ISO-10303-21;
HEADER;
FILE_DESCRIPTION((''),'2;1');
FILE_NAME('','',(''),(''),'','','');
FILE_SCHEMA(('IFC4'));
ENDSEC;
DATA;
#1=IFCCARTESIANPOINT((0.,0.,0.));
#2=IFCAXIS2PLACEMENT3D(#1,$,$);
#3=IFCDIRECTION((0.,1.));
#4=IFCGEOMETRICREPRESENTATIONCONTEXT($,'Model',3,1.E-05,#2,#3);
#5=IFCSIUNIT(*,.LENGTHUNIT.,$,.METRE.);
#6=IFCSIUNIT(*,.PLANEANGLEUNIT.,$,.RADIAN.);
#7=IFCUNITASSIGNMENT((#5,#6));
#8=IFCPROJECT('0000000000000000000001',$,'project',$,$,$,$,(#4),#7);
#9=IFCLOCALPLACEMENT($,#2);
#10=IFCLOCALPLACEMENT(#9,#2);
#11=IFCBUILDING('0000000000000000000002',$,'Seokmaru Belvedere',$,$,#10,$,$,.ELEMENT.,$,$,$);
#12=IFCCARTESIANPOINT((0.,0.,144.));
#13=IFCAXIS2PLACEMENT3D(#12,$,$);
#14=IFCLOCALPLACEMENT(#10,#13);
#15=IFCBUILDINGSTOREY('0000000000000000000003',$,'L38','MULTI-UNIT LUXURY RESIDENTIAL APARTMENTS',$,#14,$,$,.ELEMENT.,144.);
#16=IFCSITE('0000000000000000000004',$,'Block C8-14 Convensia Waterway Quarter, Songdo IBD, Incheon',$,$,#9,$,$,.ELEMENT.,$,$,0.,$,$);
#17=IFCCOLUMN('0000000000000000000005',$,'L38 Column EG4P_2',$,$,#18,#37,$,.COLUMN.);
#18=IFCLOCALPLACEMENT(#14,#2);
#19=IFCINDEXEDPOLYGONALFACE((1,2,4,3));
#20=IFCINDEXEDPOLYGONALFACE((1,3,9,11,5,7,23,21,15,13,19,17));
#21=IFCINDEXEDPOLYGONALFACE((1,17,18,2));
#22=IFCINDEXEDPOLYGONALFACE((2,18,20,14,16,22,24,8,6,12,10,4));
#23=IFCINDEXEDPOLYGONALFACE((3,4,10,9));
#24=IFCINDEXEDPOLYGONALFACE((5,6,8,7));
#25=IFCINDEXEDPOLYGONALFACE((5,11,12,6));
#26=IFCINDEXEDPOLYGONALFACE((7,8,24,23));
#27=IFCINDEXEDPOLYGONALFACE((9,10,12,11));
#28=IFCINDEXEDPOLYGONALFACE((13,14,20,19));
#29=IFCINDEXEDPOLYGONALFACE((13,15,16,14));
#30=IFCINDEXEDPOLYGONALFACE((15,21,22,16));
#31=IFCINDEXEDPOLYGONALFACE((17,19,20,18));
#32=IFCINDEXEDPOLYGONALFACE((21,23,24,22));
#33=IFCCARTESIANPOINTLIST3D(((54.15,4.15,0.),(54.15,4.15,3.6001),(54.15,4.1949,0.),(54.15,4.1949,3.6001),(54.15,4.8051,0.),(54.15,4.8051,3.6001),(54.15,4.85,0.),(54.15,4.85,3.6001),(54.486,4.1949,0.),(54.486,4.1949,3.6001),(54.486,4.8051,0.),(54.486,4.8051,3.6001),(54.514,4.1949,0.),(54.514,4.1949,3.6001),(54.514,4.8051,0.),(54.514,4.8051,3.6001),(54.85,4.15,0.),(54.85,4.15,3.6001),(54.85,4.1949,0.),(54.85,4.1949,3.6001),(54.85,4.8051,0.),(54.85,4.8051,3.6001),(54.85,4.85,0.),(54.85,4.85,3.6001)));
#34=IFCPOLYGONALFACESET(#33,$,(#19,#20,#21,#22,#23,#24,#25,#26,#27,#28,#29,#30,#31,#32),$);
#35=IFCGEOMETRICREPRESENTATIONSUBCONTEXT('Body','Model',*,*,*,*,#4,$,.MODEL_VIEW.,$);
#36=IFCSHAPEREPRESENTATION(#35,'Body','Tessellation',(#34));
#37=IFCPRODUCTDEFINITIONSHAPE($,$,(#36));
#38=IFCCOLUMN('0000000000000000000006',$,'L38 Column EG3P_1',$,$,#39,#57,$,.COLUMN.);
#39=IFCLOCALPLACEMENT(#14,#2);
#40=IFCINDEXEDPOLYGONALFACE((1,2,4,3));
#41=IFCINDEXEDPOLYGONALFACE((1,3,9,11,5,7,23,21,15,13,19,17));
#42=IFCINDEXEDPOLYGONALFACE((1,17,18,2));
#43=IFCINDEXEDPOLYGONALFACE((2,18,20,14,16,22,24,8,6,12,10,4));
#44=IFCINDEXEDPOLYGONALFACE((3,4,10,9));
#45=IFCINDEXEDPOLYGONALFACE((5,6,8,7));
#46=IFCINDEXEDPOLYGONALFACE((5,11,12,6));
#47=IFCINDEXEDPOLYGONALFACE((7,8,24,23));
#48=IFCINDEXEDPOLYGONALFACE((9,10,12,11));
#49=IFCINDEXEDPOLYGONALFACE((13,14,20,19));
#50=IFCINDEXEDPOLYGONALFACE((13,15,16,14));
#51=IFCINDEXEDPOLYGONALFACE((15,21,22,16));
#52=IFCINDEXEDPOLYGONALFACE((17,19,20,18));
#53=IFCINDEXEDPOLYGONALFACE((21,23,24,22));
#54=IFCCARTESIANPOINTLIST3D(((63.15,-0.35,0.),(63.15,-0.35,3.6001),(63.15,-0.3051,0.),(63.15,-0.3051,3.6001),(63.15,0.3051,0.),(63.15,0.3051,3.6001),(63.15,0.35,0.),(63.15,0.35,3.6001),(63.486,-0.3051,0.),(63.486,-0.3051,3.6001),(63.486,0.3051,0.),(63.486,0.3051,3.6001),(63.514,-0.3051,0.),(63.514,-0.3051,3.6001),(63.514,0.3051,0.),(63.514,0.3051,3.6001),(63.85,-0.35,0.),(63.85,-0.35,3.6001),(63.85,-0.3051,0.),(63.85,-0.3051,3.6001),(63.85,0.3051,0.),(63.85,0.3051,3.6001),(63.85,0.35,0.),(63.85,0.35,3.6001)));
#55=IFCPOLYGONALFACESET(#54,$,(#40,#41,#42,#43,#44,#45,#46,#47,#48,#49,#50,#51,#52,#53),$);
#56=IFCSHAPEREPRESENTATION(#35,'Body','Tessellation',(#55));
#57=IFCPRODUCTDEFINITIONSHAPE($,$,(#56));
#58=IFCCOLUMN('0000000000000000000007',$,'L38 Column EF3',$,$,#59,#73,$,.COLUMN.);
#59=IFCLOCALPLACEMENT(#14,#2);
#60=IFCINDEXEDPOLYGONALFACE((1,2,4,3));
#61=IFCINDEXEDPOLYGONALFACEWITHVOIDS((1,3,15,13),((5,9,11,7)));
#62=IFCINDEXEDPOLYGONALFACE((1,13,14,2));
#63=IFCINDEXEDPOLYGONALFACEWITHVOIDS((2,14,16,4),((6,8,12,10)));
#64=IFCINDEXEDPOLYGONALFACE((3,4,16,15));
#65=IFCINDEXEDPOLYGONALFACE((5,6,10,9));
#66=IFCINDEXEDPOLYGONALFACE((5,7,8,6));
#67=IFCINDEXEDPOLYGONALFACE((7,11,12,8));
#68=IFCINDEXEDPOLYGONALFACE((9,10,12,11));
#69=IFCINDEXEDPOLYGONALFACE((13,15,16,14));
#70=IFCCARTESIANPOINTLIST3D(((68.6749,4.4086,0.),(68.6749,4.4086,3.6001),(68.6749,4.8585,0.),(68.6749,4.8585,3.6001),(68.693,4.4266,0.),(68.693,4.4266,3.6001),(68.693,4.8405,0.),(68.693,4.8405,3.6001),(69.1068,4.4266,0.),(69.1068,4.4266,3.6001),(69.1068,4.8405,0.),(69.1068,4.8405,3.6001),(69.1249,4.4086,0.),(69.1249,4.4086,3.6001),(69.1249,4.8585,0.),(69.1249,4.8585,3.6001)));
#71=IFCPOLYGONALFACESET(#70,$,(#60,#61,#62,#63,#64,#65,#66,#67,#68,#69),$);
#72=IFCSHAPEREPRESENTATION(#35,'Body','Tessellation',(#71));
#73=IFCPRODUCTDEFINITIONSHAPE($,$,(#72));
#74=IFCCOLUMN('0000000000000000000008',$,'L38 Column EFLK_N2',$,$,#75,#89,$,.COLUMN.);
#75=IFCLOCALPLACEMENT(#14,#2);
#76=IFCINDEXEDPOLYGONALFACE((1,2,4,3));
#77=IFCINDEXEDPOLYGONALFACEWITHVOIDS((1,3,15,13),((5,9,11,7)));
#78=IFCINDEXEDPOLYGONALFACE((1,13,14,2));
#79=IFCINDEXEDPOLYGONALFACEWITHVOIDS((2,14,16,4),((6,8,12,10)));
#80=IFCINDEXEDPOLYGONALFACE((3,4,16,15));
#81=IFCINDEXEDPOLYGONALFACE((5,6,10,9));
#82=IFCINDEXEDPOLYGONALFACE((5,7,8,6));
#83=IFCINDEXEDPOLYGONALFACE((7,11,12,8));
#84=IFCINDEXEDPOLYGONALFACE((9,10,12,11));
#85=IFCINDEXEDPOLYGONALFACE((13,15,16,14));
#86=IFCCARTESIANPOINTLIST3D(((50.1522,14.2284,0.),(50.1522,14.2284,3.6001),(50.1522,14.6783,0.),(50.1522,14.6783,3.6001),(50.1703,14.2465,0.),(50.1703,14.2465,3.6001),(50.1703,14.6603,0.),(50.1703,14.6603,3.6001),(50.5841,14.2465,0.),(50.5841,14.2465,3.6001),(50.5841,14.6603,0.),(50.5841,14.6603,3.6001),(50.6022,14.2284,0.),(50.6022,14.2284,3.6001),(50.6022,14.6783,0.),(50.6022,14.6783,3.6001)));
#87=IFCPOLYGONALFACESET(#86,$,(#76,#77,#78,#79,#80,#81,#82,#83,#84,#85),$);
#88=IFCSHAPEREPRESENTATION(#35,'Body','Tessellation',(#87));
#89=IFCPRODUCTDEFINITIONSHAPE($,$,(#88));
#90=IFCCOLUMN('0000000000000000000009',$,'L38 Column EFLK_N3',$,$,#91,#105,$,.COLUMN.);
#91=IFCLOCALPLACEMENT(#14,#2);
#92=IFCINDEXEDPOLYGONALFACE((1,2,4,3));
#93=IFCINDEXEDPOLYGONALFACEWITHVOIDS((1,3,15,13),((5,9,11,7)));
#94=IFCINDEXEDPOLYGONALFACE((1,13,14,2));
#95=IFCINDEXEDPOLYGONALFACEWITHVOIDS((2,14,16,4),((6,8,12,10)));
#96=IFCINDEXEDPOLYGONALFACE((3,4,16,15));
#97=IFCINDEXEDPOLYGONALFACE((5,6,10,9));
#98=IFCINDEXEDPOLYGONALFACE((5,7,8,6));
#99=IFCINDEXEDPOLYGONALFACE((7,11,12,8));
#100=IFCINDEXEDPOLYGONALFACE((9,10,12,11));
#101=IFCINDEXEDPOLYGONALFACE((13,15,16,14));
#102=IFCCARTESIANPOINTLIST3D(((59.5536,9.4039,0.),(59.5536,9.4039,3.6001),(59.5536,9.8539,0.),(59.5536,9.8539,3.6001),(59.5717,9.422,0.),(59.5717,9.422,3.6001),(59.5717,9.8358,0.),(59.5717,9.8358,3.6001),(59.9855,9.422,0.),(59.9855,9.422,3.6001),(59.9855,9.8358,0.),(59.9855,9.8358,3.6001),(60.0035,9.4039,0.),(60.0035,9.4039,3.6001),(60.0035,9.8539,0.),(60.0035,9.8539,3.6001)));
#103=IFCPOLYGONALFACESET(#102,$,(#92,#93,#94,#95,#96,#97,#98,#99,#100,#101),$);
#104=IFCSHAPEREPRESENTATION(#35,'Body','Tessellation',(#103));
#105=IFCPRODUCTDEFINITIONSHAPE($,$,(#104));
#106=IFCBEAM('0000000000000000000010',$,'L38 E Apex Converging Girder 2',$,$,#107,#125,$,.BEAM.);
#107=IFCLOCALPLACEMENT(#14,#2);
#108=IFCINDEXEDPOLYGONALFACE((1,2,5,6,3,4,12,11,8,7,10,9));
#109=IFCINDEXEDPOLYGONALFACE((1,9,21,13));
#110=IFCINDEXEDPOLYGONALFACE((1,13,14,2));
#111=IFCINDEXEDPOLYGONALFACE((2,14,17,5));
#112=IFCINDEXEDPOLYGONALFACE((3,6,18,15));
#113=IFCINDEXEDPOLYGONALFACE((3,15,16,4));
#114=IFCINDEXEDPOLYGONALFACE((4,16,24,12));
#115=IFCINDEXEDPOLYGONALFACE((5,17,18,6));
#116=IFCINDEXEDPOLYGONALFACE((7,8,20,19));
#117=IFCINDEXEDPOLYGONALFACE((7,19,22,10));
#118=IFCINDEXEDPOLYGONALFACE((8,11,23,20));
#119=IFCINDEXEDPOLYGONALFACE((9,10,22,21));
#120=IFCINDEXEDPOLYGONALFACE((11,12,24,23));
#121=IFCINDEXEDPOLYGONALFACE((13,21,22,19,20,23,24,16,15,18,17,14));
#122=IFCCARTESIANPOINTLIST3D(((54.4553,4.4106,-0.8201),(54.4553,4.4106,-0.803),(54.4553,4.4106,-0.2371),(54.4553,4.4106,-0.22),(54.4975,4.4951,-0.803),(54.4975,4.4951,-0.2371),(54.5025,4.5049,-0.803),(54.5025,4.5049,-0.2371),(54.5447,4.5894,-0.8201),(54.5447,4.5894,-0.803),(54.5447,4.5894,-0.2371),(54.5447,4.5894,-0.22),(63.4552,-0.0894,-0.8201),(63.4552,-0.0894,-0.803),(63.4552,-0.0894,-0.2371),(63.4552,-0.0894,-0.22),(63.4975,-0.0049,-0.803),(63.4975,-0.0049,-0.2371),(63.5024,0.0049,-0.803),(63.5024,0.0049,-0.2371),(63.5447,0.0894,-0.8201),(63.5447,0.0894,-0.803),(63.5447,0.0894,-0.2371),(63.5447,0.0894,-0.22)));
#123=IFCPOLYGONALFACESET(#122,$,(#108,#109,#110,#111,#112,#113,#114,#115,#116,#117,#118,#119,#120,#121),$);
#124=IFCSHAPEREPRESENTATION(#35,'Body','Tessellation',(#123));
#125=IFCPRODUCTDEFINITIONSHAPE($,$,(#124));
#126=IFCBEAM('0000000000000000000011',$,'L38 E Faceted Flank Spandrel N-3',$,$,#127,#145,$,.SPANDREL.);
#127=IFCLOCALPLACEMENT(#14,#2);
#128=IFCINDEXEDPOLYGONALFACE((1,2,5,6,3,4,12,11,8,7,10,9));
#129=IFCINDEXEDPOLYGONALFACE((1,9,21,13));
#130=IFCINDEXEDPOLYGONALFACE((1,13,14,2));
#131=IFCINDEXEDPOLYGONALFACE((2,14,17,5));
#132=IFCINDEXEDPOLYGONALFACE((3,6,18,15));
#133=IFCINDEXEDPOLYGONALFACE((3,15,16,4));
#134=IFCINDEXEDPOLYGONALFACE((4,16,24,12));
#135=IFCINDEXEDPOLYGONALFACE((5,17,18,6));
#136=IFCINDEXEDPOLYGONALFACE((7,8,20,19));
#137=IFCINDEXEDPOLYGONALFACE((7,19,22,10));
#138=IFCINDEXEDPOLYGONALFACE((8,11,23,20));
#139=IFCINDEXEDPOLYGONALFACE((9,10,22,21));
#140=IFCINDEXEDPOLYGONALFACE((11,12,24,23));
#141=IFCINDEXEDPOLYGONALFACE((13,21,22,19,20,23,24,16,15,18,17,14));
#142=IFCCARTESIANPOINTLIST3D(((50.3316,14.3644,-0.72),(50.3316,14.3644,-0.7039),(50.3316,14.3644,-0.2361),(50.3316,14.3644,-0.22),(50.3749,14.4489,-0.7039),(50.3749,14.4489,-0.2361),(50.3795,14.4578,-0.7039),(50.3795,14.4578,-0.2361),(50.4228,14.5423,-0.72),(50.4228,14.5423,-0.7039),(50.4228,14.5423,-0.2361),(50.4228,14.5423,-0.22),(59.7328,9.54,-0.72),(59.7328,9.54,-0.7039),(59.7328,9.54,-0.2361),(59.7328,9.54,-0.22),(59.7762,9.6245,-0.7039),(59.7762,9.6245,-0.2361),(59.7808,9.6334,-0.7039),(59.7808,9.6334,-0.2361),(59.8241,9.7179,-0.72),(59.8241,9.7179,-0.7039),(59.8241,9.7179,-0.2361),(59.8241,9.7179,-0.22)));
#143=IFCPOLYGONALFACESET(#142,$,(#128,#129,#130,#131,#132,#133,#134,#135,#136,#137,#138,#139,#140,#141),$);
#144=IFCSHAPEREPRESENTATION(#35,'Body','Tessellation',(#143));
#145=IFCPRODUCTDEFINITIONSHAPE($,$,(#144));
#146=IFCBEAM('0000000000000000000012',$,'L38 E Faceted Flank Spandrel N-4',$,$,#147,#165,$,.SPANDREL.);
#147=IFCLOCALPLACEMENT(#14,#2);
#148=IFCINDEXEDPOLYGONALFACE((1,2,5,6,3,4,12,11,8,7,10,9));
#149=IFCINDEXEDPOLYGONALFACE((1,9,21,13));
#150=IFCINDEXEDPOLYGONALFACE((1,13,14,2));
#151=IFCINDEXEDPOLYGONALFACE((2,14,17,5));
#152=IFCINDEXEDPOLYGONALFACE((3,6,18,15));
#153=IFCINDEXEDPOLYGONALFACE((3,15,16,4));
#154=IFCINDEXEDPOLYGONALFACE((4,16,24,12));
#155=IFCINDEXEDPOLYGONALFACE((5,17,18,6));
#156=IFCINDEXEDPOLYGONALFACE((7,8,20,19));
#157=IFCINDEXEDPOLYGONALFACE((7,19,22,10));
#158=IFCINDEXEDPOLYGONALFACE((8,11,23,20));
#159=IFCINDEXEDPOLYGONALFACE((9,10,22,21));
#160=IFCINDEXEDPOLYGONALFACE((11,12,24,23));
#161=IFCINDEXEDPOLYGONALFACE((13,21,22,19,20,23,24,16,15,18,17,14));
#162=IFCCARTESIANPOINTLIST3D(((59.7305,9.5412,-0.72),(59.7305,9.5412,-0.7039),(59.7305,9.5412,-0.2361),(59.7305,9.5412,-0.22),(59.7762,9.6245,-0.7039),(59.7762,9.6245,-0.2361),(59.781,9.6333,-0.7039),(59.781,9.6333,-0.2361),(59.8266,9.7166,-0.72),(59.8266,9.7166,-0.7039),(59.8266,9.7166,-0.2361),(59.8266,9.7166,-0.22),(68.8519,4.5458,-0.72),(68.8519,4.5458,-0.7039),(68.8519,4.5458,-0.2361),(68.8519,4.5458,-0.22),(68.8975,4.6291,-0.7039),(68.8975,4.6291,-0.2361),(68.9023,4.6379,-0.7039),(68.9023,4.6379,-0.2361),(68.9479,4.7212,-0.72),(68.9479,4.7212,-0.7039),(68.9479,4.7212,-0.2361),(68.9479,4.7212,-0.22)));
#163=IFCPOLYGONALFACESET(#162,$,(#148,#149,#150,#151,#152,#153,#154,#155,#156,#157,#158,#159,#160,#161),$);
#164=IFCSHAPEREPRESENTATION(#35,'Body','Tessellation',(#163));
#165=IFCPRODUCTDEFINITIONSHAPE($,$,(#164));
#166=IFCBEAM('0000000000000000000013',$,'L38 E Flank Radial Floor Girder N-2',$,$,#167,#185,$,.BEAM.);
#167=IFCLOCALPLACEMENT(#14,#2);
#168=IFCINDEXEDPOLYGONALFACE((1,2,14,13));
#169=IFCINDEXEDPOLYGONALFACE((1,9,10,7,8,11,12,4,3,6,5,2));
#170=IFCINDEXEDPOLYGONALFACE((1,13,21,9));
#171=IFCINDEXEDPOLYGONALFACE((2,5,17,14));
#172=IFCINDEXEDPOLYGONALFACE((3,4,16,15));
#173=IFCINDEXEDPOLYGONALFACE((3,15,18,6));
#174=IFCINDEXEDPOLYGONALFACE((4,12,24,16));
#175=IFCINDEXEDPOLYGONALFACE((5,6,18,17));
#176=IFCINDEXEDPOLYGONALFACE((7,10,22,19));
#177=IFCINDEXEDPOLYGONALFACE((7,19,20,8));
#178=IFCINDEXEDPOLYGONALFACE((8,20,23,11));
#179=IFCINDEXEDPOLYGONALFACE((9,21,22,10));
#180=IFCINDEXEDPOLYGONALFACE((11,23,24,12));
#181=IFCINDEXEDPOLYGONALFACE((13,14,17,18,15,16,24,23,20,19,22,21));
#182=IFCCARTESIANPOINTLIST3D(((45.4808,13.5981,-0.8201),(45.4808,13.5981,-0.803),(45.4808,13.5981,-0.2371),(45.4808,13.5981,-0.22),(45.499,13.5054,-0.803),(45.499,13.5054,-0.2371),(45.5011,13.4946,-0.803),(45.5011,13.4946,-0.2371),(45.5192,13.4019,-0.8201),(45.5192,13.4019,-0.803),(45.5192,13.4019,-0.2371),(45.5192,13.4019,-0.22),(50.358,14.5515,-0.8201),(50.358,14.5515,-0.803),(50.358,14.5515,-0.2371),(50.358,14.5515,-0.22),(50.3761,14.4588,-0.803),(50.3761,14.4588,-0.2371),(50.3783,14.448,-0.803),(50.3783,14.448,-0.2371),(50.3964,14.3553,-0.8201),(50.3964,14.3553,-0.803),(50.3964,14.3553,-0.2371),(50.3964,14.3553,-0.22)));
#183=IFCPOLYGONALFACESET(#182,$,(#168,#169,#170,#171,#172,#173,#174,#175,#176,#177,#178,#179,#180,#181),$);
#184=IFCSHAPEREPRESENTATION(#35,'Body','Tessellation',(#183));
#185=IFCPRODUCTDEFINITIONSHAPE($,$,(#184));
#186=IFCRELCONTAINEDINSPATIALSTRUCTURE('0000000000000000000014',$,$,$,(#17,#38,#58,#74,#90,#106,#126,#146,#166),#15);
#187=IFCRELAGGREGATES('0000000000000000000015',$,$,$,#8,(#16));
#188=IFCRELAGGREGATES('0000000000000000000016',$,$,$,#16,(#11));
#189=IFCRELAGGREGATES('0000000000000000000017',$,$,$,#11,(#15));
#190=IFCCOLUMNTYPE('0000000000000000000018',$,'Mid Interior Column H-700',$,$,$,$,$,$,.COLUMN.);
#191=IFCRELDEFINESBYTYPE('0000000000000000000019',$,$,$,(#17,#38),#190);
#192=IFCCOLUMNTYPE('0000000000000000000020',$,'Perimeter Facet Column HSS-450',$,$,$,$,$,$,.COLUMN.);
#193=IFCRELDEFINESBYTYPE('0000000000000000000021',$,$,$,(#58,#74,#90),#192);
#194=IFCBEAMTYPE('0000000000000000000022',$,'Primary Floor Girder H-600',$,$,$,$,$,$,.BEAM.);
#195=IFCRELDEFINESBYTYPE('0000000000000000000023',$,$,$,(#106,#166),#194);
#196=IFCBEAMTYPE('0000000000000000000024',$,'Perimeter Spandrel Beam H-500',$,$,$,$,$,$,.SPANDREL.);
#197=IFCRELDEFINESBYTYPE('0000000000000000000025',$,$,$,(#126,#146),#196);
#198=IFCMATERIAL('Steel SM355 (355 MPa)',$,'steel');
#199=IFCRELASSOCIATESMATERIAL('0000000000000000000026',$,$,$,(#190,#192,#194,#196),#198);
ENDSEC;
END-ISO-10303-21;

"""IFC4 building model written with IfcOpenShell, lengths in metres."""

from ifc_helpers import new_model, si_unit, direction, frame, origin, origin_2d, place, context, subcontext, project, spatial, hollow_rectangle, i_section, extrude, source, transform, mapped, material, material_profile, profile_set, type_object, type_shapes, element, save


model = new_model("IFC4")

# Units and contexts
model_context = context("Model", 3, precision=1e-05, world=origin(), true_north=direction((0.0, 1.0)))
body_context = subcontext(model_context, "Body", "Model", "MODEL_VIEW")
ifc_project = project(units=[si_unit("LENGTHUNIT", "METRE"), si_unit("PLANEANGLEUNIT", "RADIAN")], contexts=[model_context])

# Site, building, storey
site_placement = place(None, origin())
site = spatial("IfcSite", under=ifc_project, at=site_placement, Name="Block C8-14 Convensia Waterway Quarter, Songdo IBD, Incheon", CompositionType="ELEMENT", RefElevation=0.0)
building_placement = place(site_placement, origin())
building = spatial("IfcBuilding", under=site, at=building_placement, Name="Seokmaru Belvedere", CompositionType="ELEMENT")
storey_placement = place(building_placement, frame((0.0, 0.0, 144.0)))
storey = spatial("IfcBuildingStorey", under=building, at=storey_placement, Name="L38", Description="MULTI-UNIT LUXURY RESIDENTIAL APARTMENTS", CompositionType="ELEMENT", Elevation=144.0)

# Columns
ifc_material_1 = material(Name="Steel SM355 (355 MPa)", Category="steel")
ifc_material_profile_1 = material_profile(ifc_material_1, i_section(OverallWidth=0.7, OverallDepth=0.7, WebThickness=0.0281, FlangeThickness=0.0449, at=origin_2d()), Name="H-700x700x28x45")
ifc_profile_set_1 = profile_set([ifc_material_profile_1], Name="Steel SM355 (355 MPa)")
column_type_1 = type_object("IfcColumnType", Name="Mid Interior Column H-700", PredefinedType="COLUMN", material=ifc_profile_set_1)
shared_shape_1 = source(origin(), body_context, "Body", "SweptSolid", [
    extrude(i_section(OverallWidth=0.7, OverallDepth=0.7, WebThickness=0.0281, FlangeThickness=0.0449, at=origin_2d()), origin(), (0.0, 0.0, 1.0), 3.6001),
])
type_shapes(column_type_1, [shared_shape_1])
for number, where, z_axis, x_axis, name in (
    (1, (54.5, 4.5, 0.0), (0.0, 0.0, 1.0), (1.0, 0.0, 0.0), "L38 Column EG4P_2"),
    (2, (63.5, 0.0, 0.0), (0.0, 0.0, 1.0), (1.0, 0.0, 0.0), "L38 Column EG3P_1"),
):
    element("IfcColumn", number, at=place(storey_placement, frame(where, z_axis=z_axis, x_axis=x_axis)), inside=storey, type_object=column_type_1, Name=name, PredefinedType="COLUMN", context=body_context, shape_type="MappedRepresentation", body=[
        mapped(shared_shape_1, transform((0.0, 0.0, 0.0), scale=1.0)),
    ])
ifc_material_profile_2 = material_profile(ifc_material_1, hollow_rectangle(XDim=0.45, YDim=0.45, WallThickness=0.0181, at=origin_2d()), Name="HSS-450x450x18")
ifc_profile_set_2 = profile_set([ifc_material_profile_2], Name="Steel SM355 (355 MPa)")
column_type_2 = type_object("IfcColumnType", Name="Perimeter Facet Column HSS-450", PredefinedType="COLUMN", material=ifc_profile_set_2)
shared_shape_2 = source(origin(), body_context, "Body", "SweptSolid", [
    extrude(hollow_rectangle(XDim=0.45, YDim=0.45, WallThickness=0.0181, at=origin_2d()), origin(), (0.0, 0.0, 1.0), 3.6001),
])
type_shapes(column_type_2, [shared_shape_2])
for number, where, z_axis, x_axis, name in (
    (3, (68.8999, 4.6335, 0.0), (0.0, 0.0, 1.0), (1.0, 0.0, 0.0), "L38 Column EF3"),
    (4, (50.3772, 14.4534, 0.0), (0.0, 0.0, 1.0), (1.0, 0.0, 0.0), "L38 Column EFLK_N2"),
    (5, (59.7786, 9.6289, 0.0), (0.0, 0.0, 1.0), (1.0, 0.0, 0.0), "L38 Column EFLK_N3"),
):
    element("IfcColumn", number, at=place(storey_placement, frame(where, z_axis=z_axis, x_axis=x_axis)), inside=storey, type_object=column_type_2, Name=name, PredefinedType="COLUMN", context=body_context, shape_type="MappedRepresentation", body=[
        mapped(shared_shape_2, transform((0.0, 0.0, 0.0), scale=1.0)),
    ])

# Beams
ifc_material_profile_3 = material_profile(ifc_material_1, i_section(OverallWidth=0.2, OverallDepth=0.6001, WebThickness=0.011, FlangeThickness=0.0171, at=origin_2d()), Name="H-600x200x11x17")
ifc_profile_set_3 = profile_set([ifc_material_profile_3], Name="Steel SM355 (355 MPa)")
beam_type_1 = type_object("IfcBeamType", Name="Primary Floor Girder H-600", PredefinedType="BEAM", material=ifc_profile_set_3)
shared_shape_3 = source(origin(), body_context, "Body", "SweptSolid", [
    extrude(i_section(OverallWidth=0.2, OverallDepth=0.6001, WebThickness=0.011, FlangeThickness=0.0171, at=origin_2d()), origin(), (0.0, 0.0, 1.0), 10.0623),
])
beam_1_placement = place(storey_placement, frame((54.5, 4.5, -0.52), z_axis=(0.894427, -0.447214, 0.0), x_axis=(0.447214, 0.894427, 0.0)))
element("IfcBeam", 6, at=beam_1_placement, inside=storey, type_object=beam_type_1, Name="L38 E Apex Converging Girder 2", PredefinedType="BEAM", context=body_context, shape_type="MappedRepresentation", body=[
    mapped(shared_shape_3, transform((0.0, 0.0, 0.0), scale=1.0)),
])
ifc_material_profile_4 = material_profile(ifc_material_1, i_section(OverallWidth=0.2, OverallDepth=0.5, WebThickness=0.01, FlangeThickness=0.0161, at=origin_2d()), Name="H-500x200x10x16")
ifc_profile_set_4 = profile_set([ifc_material_profile_4], Name="Steel SM355 (355 MPa)")
beam_type_2 = type_object("IfcBeamType", Name="Perimeter Spandrel Beam H-500", PredefinedType="SPANDREL", material=ifc_profile_set_4)
shared_shape_4 = source(origin(), body_context, "Body", "SweptSolid", [
    extrude(i_section(OverallWidth=0.2, OverallDepth=0.5, WebThickness=0.01, FlangeThickness=0.0161, at=origin_2d()), origin(), (0.0, 0.0, 1.0), 10.5669),
])
beam_2_placement = place(storey_placement, frame((50.3772, 14.4534, -0.47), z_axis=(0.889693, -0.45656, 0.0), x_axis=(0.45656, 0.889693, 0.0)))
element("IfcBeam", 7, at=beam_2_placement, inside=storey, type_object=beam_type_2, Name="L38 E Faceted Flank Spandrel N-3", PredefinedType="SPANDREL", context=body_context, shape_type="MappedRepresentation", body=[
    mapped(shared_shape_4, transform((0.0, 0.0, 0.0), scale=1.0)),
])
shared_shape_5 = source(origin(), body_context, "Body", "SweptSolid", [
    extrude(i_section(OverallWidth=0.2, OverallDepth=0.5, WebThickness=0.01, FlangeThickness=0.0161, at=origin_2d()), origin(), (0.0, 0.0, 1.0), 10.3997),
])
type_shapes(beam_type_2, [shared_shape_4, shared_shape_5])
beam_3_placement = place(storey_placement, frame((59.7786, 9.6289, -0.47), z_axis=(0.877082, -0.48034, 0.0), x_axis=(0.48034, 0.877082, 0.0)))
element("IfcBeam", 8, at=beam_3_placement, inside=storey, type_object=beam_type_2, Name="L38 E Faceted Flank Spandrel N-4", PredefinedType="SPANDREL", context=body_context, shape_type="MappedRepresentation", body=[
    mapped(shared_shape_5, transform((0.0, 0.0, 0.0), scale=1.0)),
])
shared_shape_6 = source(origin(), body_context, "Body", "SweptSolid", [
    extrude(i_section(OverallWidth=0.2, OverallDepth=0.6001, WebThickness=0.011, FlangeThickness=0.0171, at=origin_2d()), origin(), (0.0, 0.0, 1.0), 4.9695),
])
beam_4_placement = place(storey_placement, frame((50.3772, 14.4534, -0.52), z_axis=(-0.981425, -0.191844, 0.0), x_axis=(0.191844, -0.981425, 0.0)))
element("IfcBeam", 9, at=beam_4_placement, inside=storey, type_object=beam_type_1, Name="L38 E Flank Radial Floor Girder N-2", PredefinedType="BEAM", context=body_context, shape_type="MappedRepresentation", body=[
    mapped(shared_shape_6, transform((0.0, 0.0, 0.0), scale=1.0)),
])

save(model, "model.ifc")
